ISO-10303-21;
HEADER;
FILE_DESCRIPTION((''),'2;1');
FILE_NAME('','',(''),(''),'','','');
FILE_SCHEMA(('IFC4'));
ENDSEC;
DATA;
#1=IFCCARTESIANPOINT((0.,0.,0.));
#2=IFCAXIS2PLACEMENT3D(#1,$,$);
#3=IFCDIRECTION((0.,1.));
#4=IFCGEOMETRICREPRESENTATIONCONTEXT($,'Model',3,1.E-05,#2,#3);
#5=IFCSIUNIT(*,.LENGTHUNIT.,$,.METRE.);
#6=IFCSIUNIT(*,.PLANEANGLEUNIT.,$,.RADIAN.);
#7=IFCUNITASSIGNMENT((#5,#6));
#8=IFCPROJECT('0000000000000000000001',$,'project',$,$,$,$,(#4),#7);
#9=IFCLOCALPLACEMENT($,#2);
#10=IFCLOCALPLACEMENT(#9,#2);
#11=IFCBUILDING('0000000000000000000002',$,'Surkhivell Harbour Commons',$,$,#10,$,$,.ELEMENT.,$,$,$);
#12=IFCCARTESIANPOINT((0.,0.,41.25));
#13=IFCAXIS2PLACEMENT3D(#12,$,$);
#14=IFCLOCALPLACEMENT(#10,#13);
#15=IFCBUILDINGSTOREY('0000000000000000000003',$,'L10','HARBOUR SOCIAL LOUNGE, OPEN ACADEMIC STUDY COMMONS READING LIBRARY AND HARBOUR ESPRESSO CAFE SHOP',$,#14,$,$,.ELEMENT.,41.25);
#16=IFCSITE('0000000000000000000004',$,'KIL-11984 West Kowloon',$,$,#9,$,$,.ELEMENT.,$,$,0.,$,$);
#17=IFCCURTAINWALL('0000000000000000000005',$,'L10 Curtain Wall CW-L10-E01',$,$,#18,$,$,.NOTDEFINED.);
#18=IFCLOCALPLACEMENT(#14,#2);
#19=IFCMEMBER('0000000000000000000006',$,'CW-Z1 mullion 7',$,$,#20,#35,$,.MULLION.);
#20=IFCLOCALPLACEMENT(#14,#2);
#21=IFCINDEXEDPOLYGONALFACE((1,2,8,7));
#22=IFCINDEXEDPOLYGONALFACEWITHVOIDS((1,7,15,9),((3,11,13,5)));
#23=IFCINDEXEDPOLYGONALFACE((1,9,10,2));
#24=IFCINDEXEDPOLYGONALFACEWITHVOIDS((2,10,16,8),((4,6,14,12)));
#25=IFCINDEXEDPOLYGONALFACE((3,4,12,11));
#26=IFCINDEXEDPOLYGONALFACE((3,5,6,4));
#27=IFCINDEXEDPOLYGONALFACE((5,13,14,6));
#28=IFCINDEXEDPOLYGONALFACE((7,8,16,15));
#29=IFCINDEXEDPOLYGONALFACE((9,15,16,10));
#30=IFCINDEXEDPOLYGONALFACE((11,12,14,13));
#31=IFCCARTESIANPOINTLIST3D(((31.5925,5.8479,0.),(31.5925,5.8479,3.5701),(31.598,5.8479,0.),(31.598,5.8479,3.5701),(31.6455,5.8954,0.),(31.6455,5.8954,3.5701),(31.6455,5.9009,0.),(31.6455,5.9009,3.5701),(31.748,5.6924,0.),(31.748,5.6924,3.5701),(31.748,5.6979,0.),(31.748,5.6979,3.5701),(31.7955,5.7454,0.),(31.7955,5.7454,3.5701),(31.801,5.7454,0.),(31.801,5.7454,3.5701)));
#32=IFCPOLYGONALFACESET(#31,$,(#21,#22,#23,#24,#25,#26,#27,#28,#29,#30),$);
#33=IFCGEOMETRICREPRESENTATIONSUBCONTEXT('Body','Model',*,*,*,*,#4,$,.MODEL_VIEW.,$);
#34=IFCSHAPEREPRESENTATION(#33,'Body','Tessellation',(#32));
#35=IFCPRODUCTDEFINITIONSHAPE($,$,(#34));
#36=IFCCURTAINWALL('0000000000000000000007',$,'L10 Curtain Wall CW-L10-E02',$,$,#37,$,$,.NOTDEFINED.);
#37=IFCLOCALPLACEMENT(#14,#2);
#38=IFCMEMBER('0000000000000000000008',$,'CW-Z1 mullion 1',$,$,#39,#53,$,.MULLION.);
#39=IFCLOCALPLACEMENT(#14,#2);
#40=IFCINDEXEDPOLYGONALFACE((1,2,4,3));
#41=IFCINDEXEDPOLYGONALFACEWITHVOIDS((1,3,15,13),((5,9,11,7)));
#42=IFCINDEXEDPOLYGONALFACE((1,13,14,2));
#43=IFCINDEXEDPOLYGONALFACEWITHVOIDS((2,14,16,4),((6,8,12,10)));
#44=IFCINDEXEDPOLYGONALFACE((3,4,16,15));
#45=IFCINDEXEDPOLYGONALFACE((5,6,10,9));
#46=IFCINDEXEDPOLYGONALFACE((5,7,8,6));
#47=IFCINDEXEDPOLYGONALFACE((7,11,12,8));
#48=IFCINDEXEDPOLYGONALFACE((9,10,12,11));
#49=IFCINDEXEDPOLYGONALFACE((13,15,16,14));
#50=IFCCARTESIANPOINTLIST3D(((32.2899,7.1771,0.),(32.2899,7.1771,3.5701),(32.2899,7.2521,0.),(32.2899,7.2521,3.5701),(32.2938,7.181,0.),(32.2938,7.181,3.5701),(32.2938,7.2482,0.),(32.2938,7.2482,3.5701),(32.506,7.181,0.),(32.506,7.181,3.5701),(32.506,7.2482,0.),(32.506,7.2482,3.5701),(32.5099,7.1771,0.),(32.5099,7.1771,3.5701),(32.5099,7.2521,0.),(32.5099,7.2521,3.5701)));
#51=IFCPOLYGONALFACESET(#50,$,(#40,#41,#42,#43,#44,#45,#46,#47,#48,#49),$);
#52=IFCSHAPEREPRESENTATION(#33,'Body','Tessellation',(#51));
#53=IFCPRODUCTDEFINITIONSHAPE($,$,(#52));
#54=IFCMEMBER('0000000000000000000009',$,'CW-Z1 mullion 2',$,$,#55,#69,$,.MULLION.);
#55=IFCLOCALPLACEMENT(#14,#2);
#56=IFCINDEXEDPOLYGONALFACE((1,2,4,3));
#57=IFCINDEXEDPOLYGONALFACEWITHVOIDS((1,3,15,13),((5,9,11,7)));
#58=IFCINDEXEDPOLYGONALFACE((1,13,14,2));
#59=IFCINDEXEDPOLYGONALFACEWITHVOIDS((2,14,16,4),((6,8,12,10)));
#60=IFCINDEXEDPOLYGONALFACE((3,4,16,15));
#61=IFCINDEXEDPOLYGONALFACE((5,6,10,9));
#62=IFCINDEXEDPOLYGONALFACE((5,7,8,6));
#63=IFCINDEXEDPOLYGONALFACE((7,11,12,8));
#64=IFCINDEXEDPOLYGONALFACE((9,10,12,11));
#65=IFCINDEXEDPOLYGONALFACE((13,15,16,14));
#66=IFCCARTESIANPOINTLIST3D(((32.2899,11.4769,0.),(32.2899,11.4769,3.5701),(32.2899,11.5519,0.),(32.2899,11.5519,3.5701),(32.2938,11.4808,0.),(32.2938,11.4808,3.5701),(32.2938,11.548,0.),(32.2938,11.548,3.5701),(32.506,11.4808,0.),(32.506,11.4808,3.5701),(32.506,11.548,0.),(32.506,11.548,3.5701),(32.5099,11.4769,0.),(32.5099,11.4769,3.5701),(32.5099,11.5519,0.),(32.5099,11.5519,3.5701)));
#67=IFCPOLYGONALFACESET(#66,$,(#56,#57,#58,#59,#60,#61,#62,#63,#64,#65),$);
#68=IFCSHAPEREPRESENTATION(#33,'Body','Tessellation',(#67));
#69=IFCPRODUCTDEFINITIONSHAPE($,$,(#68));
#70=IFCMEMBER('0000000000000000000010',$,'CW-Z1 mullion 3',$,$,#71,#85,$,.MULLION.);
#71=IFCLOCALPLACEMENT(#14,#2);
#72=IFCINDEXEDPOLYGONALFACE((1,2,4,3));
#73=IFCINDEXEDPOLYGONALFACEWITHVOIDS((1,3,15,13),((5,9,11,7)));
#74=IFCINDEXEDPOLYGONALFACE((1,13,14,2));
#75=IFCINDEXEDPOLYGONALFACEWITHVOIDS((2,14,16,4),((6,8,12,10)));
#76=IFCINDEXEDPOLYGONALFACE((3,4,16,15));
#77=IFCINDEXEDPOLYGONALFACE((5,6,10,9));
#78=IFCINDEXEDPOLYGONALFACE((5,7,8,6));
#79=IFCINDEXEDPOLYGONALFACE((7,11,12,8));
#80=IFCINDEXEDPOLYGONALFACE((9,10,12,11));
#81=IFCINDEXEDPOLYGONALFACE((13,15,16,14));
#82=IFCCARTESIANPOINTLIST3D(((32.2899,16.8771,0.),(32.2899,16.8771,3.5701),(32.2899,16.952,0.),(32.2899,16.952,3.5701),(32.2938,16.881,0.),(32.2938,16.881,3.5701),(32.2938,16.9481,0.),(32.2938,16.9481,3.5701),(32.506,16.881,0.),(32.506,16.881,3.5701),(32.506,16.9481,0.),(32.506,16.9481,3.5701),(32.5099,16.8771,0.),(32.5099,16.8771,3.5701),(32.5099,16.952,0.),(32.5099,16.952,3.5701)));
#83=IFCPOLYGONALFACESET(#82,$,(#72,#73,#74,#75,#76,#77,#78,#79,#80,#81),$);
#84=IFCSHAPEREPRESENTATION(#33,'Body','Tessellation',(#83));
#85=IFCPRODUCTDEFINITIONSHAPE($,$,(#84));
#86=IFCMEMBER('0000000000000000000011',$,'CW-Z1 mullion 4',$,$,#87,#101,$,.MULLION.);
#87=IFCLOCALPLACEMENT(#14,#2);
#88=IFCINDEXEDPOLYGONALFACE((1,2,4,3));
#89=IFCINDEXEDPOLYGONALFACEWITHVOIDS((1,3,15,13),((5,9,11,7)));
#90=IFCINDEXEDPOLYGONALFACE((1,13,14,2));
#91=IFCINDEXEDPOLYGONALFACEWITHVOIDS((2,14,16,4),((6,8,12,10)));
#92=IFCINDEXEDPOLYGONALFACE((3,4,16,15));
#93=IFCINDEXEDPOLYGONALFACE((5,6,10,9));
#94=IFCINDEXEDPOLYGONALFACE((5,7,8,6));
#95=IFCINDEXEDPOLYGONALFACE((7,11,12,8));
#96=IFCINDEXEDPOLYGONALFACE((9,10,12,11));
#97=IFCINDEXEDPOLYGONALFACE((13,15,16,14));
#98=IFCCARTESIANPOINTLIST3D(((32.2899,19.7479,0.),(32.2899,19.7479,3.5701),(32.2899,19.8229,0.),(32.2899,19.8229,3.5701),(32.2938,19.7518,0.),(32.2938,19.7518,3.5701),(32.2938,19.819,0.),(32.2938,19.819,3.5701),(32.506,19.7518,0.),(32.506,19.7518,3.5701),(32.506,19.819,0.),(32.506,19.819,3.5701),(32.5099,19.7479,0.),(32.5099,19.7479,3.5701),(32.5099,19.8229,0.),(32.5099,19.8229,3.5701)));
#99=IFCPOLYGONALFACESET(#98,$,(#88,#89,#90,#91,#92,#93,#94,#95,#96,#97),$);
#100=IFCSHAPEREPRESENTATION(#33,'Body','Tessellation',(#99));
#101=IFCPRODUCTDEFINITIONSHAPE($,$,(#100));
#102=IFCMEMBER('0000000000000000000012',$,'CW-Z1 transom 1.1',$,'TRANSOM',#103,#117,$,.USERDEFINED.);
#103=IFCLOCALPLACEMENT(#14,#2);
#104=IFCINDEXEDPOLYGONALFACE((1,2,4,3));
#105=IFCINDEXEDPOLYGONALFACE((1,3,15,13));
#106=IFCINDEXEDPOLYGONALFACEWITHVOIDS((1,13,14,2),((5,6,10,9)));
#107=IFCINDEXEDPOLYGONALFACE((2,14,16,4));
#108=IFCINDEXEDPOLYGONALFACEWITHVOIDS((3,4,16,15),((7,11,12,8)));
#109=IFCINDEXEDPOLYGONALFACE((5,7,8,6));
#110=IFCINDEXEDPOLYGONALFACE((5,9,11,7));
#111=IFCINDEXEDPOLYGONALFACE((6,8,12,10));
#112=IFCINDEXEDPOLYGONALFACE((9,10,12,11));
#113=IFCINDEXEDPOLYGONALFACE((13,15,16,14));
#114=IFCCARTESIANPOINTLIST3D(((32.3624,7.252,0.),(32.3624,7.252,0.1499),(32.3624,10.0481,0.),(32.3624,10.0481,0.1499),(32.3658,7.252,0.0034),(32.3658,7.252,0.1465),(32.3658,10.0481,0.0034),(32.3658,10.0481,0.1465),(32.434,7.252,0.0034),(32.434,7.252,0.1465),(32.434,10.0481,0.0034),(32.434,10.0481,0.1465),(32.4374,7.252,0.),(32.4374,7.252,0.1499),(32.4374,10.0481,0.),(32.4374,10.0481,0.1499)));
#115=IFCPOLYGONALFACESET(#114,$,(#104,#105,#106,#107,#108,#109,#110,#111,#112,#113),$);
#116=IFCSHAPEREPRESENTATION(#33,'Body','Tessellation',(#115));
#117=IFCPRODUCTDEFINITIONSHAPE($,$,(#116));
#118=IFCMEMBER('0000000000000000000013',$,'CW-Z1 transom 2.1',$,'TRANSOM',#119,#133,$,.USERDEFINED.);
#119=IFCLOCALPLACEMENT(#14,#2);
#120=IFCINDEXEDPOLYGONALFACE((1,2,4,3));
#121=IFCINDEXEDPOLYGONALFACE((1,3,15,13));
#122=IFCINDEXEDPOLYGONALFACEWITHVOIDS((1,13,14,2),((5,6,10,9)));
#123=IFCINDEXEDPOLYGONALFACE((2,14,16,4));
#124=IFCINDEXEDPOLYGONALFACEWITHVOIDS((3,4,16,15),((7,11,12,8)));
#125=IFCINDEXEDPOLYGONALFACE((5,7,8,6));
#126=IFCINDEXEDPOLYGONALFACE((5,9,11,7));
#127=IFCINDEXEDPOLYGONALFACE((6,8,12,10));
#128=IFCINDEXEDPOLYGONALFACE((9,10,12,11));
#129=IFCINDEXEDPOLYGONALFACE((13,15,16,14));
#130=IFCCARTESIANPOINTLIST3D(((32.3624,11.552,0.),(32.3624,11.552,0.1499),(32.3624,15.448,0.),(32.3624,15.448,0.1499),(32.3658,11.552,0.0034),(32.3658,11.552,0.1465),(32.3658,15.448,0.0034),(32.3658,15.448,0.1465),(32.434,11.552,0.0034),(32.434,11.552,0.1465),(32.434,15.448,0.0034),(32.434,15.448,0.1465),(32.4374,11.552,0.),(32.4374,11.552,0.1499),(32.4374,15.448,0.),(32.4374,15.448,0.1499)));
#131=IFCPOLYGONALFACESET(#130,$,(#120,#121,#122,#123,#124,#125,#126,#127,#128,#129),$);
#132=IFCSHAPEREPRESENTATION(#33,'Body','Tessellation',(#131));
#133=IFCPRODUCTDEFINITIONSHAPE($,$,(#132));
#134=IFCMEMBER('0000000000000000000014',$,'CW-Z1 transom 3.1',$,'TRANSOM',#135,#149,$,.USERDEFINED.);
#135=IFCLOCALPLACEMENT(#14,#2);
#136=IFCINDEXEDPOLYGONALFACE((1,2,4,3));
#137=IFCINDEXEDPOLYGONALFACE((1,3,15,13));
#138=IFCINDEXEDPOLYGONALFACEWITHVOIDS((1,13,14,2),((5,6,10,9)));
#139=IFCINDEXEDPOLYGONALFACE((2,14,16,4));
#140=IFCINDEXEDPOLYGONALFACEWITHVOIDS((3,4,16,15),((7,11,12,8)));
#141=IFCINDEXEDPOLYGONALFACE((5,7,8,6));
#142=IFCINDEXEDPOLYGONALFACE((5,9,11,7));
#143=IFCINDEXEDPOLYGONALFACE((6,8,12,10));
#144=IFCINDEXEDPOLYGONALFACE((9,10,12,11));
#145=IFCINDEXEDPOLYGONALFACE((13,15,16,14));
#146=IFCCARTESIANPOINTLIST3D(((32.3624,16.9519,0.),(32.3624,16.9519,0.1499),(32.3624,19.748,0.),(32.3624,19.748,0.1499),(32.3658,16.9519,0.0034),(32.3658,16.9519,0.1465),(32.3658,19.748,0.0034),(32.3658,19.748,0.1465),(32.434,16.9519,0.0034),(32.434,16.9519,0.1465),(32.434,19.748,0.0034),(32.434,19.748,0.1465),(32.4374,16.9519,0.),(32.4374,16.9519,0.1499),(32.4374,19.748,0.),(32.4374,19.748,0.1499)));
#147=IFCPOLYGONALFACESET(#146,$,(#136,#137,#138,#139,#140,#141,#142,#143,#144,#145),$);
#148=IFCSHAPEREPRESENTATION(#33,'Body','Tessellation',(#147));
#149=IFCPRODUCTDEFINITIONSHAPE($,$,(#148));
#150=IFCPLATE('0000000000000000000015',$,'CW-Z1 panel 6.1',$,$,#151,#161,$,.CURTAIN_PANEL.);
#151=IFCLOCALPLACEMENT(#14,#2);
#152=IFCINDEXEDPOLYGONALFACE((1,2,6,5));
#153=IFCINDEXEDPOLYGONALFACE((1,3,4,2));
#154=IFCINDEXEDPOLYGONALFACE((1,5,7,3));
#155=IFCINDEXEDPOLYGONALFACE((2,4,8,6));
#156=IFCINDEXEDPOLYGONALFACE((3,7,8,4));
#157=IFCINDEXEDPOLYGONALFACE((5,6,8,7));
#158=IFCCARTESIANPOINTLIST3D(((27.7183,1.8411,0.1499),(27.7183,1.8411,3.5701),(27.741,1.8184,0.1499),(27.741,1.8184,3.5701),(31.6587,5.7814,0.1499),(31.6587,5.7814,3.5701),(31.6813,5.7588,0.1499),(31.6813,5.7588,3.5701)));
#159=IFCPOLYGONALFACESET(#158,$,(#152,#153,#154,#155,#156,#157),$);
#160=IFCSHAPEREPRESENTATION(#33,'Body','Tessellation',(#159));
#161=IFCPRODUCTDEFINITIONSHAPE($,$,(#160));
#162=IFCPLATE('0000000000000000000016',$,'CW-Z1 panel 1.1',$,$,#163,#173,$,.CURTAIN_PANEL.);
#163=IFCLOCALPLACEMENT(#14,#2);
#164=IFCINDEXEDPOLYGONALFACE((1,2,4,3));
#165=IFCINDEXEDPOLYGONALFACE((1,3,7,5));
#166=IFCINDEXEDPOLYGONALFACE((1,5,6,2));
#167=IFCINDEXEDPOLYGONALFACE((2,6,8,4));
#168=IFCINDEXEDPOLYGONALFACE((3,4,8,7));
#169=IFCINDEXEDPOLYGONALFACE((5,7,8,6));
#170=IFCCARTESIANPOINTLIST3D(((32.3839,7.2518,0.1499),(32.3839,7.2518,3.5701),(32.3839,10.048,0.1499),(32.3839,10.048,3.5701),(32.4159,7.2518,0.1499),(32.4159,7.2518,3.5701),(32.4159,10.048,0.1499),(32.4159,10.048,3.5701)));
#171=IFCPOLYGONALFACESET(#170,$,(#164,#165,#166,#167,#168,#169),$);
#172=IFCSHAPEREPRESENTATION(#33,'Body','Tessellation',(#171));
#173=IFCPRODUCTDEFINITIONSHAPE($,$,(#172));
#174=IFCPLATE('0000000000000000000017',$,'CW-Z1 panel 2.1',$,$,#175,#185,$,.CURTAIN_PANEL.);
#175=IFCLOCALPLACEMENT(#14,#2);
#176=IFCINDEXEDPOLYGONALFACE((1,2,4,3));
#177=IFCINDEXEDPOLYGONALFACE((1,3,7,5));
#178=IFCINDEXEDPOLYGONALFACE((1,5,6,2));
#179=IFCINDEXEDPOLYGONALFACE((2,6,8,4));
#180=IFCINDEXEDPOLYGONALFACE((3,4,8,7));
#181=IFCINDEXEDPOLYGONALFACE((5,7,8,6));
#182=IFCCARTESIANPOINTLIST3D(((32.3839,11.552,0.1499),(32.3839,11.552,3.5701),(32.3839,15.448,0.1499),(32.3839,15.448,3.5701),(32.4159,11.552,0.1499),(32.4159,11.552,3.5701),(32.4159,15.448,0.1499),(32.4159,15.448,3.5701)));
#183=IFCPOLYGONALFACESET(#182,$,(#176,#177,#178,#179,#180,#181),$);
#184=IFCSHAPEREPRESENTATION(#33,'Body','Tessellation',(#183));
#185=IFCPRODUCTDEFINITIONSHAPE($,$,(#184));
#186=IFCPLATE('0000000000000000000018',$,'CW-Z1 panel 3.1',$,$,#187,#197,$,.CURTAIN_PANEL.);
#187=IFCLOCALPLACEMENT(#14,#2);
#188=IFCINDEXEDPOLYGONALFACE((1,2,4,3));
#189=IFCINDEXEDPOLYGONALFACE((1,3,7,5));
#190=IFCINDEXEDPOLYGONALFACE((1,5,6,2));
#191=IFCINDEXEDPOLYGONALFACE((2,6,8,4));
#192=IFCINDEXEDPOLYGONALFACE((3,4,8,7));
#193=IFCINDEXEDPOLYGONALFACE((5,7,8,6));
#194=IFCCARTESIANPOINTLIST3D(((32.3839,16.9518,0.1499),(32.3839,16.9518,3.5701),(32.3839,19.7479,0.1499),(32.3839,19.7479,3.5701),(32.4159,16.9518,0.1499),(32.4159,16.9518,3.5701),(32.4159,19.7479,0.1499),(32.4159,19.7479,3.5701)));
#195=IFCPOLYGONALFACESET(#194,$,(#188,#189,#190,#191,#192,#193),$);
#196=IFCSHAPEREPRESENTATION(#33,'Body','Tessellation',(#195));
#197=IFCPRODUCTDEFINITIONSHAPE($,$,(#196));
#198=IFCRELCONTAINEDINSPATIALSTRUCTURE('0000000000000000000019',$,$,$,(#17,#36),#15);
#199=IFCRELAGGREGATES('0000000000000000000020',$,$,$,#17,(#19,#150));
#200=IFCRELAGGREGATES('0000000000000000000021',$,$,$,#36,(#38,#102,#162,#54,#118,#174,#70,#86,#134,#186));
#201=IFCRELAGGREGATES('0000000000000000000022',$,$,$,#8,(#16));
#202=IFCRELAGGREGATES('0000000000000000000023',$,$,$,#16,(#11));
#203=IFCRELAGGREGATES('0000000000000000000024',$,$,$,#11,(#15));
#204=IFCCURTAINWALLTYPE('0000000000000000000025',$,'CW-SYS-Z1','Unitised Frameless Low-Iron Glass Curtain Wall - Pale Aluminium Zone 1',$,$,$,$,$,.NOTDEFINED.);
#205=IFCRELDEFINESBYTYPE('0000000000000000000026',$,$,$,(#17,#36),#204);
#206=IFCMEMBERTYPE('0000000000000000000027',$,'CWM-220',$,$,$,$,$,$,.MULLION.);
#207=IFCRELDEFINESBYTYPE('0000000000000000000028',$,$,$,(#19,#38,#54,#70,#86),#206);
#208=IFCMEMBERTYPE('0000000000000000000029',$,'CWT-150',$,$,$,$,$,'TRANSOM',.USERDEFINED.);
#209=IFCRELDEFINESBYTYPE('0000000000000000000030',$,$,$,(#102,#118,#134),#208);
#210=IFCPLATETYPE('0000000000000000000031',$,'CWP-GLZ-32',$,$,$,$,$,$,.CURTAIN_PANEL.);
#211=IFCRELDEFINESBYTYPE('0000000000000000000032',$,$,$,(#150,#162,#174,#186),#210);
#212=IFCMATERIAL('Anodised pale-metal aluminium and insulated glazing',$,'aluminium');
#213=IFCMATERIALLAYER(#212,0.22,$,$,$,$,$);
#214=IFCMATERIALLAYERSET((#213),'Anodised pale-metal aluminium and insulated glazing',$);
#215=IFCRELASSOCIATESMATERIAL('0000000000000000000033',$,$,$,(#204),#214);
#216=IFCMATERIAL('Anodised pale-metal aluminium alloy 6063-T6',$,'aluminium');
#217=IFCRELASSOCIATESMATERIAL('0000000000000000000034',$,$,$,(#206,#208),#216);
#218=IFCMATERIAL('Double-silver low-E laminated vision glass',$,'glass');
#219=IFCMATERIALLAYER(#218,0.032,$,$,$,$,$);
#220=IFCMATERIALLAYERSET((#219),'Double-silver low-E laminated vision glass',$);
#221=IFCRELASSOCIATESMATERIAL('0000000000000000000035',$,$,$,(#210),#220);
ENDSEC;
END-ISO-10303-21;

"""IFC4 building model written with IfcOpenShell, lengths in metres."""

from ifc_helpers import new_model, si_unit, direction, frame, frame_2d, origin, origin_2d, place, context, subcontext, project, spatial, rectangle, hollow_rectangle, extrude, material, layer, layer_set, material_profile, profile_set, type_object, element, aggregate, save


model = new_model("IFC4")

# Units and contexts
model_context = context("Model", 3, precision=1e-05, world=origin(), true_north=direction((0.0, 1.0)))
body_context = subcontext(model_context, "Body", "Model", "MODEL_VIEW")
ifc_project = project(units=[si_unit("LENGTHUNIT", "METRE"), si_unit("PLANEANGLEUNIT", "RADIAN")], contexts=[model_context])

# Site, building, storey
site_placement = place(None, origin())
site = spatial("IfcSite", under=ifc_project, at=site_placement, Name="KIL-11984 West Kowloon", CompositionType="ELEMENT", RefElevation=0.0)
building_placement = place(site_placement, origin())
building = spatial("IfcBuilding", under=site, at=building_placement, Name="Surkhivell Harbour Commons", CompositionType="ELEMENT")
storey_placement = place(building_placement, frame((0.0, 0.0, 41.25)))
storey = spatial("IfcBuildingStorey", under=building, at=storey_placement, Name="L10", Description="HARBOUR SOCIAL LOUNGE, OPEN ACADEMIC STUDY COMMONS READING LIBRARY AND HARBOUR ESPRESSO CAFE SHOP", CompositionType="ELEMENT", Elevation=41.25)

# Curtain wall, member
ifc_material_1 = material(Name="Anodised pale-metal aluminium and insulated glazing", Category="aluminium")
ifc_layer_1 = layer(ifc_material_1, 0.22)
ifc_layer_set_1 = layer_set([ifc_layer_1], Name="Anodised pale-metal aluminium and insulated glazing")
curtain_wall_type = type_object("IfcCurtainWallType", Name="CW-SYS-Z1", Description="Unitised Frameless Low-Iron Glass Curtain Wall - Pale Aluminium Zone 1", PredefinedType="NOTDEFINED", material=ifc_layer_set_1)
curtain_wall_1_placement = place(storey_placement, origin())
curtain_wall_1 = element("IfcCurtainWall", 1, at=curtain_wall_1_placement, inside=storey, type_object=curtain_wall_type, Name="L10 Curtain Wall CW-L10-E01", PredefinedType="NOTDEFINED")
ifc_material_2 = material(Name="Anodised pale-metal aluminium alloy 6063-T6", Category="aluminium")
ifc_material_profile_1 = material_profile(ifc_material_2, hollow_rectangle(XDim=0.075, YDim=0.22, WallThickness=0.0039, at=origin_2d()), Name="ALU-MULL-75x220")
ifc_profile_set_1 = profile_set([ifc_material_profile_1], Name="Anodised pale-metal aluminium alloy 6063-T6")
member_type_1 = type_object("IfcMemberType", Name="CWM-220", PredefinedType="MULLION", material=ifc_profile_set_1)
member_1_placement = place(storey_placement, frame((31.6968, 5.7966, 0.0), z_axis=(0.0, 0.0, 1.0), x_axis=(0.707107, 0.707107, 0.0)))
member_1 = element("IfcMember", 2, at=member_1_placement, type_object=member_type_1, Name="CW-Z1 mullion 7", PredefinedType="MULLION", context=body_context, shape_type="SweptSolid", body=[
    extrude(hollow_rectangle(XDim=0.075, YDim=0.22, WallThickness=0.0039, at=origin_2d()), origin(), (0.0, 0.0, 1.0), 3.5701),
])

# Curtain wall, members
curtain_wall_2_placement = place(storey_placement, origin())
curtain_wall_2 = element("IfcCurtainWall", 3, at=curtain_wall_2_placement, inside=storey, type_object=curtain_wall_type, Name="L10 Curtain Wall CW-L10-E02", PredefinedType="NOTDEFINED")
member_2_placement = place(storey_placement, frame((32.3999, 7.2146, 0.0), z_axis=(0.0, 0.0, 1.0), x_axis=(0.0, 1.0, 0.0)))
member_2 = element("IfcMember", 4, at=member_2_placement, type_object=member_type_1, Name="CW-Z1 mullion 1", PredefinedType="MULLION", context=body_context, shape_type="SweptSolid", body=[
    extrude(hollow_rectangle(XDim=0.075, YDim=0.22, WallThickness=0.0039, at=origin_2d()), origin(), (0.0, 0.0, 1.0), 3.5701),
])
member_3_placement = place(storey_placement, frame((32.3999, 11.5144, 0.0), z_axis=(0.0, 0.0, 1.0), x_axis=(0.0, 1.0, 0.0)))
member_3 = element("IfcMember", 5, at=member_3_placement, type_object=member_type_1, Name="CW-Z1 mullion 2", PredefinedType="MULLION", context=body_context, shape_type="SweptSolid", body=[
    extrude(hollow_rectangle(XDim=0.075, YDim=0.22, WallThickness=0.0039, at=origin_2d()), origin(), (0.0, 0.0, 1.0), 3.5701),
])
member_4_placement = place(storey_placement, frame((32.3999, 16.9146, 0.0), z_axis=(0.0, 0.0, 1.0), x_axis=(0.0, 1.0, 0.0)))
member_4 = element("IfcMember", 6, at=member_4_placement, type_object=member_type_1, Name="CW-Z1 mullion 3", PredefinedType="MULLION", context=body_context, shape_type="SweptSolid", body=[
    extrude(hollow_rectangle(XDim=0.075, YDim=0.22, WallThickness=0.0039, at=origin_2d()), origin(), (0.0, 0.0, 1.0), 3.5701),
])
member_5_placement = place(storey_placement, frame((32.3999, 19.7854, 0.0), z_axis=(0.0, 0.0, 1.0), x_axis=(0.0, 1.0, 0.0)))
member_5 = element("IfcMember", 7, at=member_5_placement, type_object=member_type_1, Name="CW-Z1 mullion 4", PredefinedType="MULLION", context=body_context, shape_type="SweptSolid", body=[
    extrude(hollow_rectangle(XDim=0.075, YDim=0.22, WallThickness=0.0039, at=origin_2d()), origin(), (0.0, 0.0, 1.0), 3.5701),
])
ifc_material_profile_2 = material_profile(ifc_material_2, hollow_rectangle(XDim=0.075, YDim=0.1499, WallThickness=0.0034, at=origin_2d()), Name="ALU-TRAN-75x150")
ifc_profile_set_2 = profile_set([ifc_material_profile_2], Name="Anodised pale-metal aluminium alloy 6063-T6")
member_type_2 = type_object("IfcMemberType", Name="CWT-150", ElementType="TRANSOM", PredefinedType="USERDEFINED", material=ifc_profile_set_2)
member_6_placement = place(storey_placement, frame((32.3999, 7.252, 0.075), z_axis=(0.0, 1.0, 0.0), x_axis=(-1.0, 0.0, 0.0)))
member_6 = element("IfcMember", 8, at=member_6_placement, type_object=member_type_2, Name="CW-Z1 transom 1.1", ObjectType="TRANSOM", PredefinedType="USERDEFINED", context=body_context, shape_type="SweptSolid", body=[
    extrude(hollow_rectangle(XDim=0.075, YDim=0.1499, WallThickness=0.0034, at=origin_2d()), origin(), (0.0, 0.0, 1.0), 2.7961),
])
member_7_placement = place(storey_placement, frame((32.3999, 11.552, 0.075), z_axis=(0.0, 1.0, 0.0), x_axis=(-1.0, 0.0, 0.0)))
member_7 = element("IfcMember", 9, at=member_7_placement, type_object=member_type_2, Name="CW-Z1 transom 2.1", ObjectType="TRANSOM", PredefinedType="USERDEFINED", context=body_context, shape_type="SweptSolid", body=[
    extrude(hollow_rectangle(XDim=0.075, YDim=0.1499, WallThickness=0.0034, at=origin_2d()), origin(), (0.0, 0.0, 1.0), 3.896),
])
member_8_placement = place(storey_placement, frame((32.3999, 16.9519, 0.075), z_axis=(0.0, 1.0, 0.0), x_axis=(-1.0, 0.0, 0.0)))
member_8 = element("IfcMember", 10, at=member_8_placement, type_object=member_type_2, Name="CW-Z1 transom 3.1", ObjectType="TRANSOM", PredefinedType="USERDEFINED", context=body_context, shape_type="SweptSolid", body=[
    extrude(hollow_rectangle(XDim=0.075, YDim=0.1499, WallThickness=0.0034, at=origin_2d()), origin(), (0.0, 0.0, 1.0), 2.7961),
])

# Plates
ifc_material_3 = material(Name="Double-silver low-E laminated vision glass", Category="glass")
ifc_layer_2 = layer(ifc_material_3, 0.032)
ifc_layer_set_2 = layer_set([ifc_layer_2], Name="Double-silver low-E laminated vision glass")
plate_type = type_object("IfcPlateType", Name="CWP-GLZ-32", PredefinedType="CURTAIN_PANEL", material=ifc_layer_set_2)
plate_1_placement = place(storey_placement, frame((27.7297, 1.8298, 0.1499), z_axis=(0.0, 0.0, 1.0), x_axis=(0.707107, 0.707107, 0.0)))
plate_1 = element("IfcPlate", 11, at=plate_1_placement, type_object=plate_type, Name="CW-Z1 panel 6.1", PredefinedType="CURTAIN_PANEL", context=body_context, shape_type="SweptSolid", body=[
    extrude(rectangle(XDim=5.5725, YDim=0.032, at=frame_2d((2.7861, 0.0))), origin(), (0.0, 0.0, 1.0), 3.4202),
])
aggregate(curtain_wall_1, [member_1, plate_1])
plate_2_placement = place(storey_placement, frame((32.3999, 7.252, 0.1499), z_axis=(0.0, 0.0, 1.0), x_axis=(0.0, 1.0, 0.0)))
plate_2 = element("IfcPlate", 12, at=plate_2_placement, type_object=plate_type, Name="CW-Z1 panel 1.1", PredefinedType="CURTAIN_PANEL", context=body_context, shape_type="SweptSolid", body=[
    extrude(rectangle(XDim=2.7961, YDim=0.032, at=frame_2d((1.3979, 0.0))), origin(), (0.0, 0.0, 1.0), 3.4202),
])
plate_3_placement = place(storey_placement, frame((32.3999, 11.552, 0.1499), z_axis=(0.0, 0.0, 1.0), x_axis=(0.0, 1.0, 0.0)))
plate_3 = element("IfcPlate", 13, at=plate_3_placement, type_object=plate_type, Name="CW-Z1 panel 2.1", PredefinedType="CURTAIN_PANEL", context=body_context, shape_type="SweptSolid", body=[
    extrude(rectangle(XDim=3.896, YDim=0.032, at=frame_2d((1.948, 0.0))), origin(), (0.0, 0.0, 1.0), 3.4202),
])
plate_4_placement = place(storey_placement, frame((32.3999, 16.9519, 0.1499), z_axis=(0.0, 0.0, 1.0), x_axis=(0.0, 1.0, 0.0)))
plate_4 = element("IfcPlate", 14, at=plate_4_placement, type_object=plate_type, Name="CW-Z1 panel 3.1", PredefinedType="CURTAIN_PANEL", context=body_context, shape_type="SweptSolid", body=[
    extrude(rectangle(XDim=2.7961, YDim=0.032, at=frame_2d((1.3979, 0.0))), origin(), (0.0, 0.0, 1.0), 3.4202),
])
aggregate(curtain_wall_2, [member_2, member_6, plate_2, member_3, member_7, plate_3, member_4, member_5, member_8, plate_4])

save(model, "model.ifc")
